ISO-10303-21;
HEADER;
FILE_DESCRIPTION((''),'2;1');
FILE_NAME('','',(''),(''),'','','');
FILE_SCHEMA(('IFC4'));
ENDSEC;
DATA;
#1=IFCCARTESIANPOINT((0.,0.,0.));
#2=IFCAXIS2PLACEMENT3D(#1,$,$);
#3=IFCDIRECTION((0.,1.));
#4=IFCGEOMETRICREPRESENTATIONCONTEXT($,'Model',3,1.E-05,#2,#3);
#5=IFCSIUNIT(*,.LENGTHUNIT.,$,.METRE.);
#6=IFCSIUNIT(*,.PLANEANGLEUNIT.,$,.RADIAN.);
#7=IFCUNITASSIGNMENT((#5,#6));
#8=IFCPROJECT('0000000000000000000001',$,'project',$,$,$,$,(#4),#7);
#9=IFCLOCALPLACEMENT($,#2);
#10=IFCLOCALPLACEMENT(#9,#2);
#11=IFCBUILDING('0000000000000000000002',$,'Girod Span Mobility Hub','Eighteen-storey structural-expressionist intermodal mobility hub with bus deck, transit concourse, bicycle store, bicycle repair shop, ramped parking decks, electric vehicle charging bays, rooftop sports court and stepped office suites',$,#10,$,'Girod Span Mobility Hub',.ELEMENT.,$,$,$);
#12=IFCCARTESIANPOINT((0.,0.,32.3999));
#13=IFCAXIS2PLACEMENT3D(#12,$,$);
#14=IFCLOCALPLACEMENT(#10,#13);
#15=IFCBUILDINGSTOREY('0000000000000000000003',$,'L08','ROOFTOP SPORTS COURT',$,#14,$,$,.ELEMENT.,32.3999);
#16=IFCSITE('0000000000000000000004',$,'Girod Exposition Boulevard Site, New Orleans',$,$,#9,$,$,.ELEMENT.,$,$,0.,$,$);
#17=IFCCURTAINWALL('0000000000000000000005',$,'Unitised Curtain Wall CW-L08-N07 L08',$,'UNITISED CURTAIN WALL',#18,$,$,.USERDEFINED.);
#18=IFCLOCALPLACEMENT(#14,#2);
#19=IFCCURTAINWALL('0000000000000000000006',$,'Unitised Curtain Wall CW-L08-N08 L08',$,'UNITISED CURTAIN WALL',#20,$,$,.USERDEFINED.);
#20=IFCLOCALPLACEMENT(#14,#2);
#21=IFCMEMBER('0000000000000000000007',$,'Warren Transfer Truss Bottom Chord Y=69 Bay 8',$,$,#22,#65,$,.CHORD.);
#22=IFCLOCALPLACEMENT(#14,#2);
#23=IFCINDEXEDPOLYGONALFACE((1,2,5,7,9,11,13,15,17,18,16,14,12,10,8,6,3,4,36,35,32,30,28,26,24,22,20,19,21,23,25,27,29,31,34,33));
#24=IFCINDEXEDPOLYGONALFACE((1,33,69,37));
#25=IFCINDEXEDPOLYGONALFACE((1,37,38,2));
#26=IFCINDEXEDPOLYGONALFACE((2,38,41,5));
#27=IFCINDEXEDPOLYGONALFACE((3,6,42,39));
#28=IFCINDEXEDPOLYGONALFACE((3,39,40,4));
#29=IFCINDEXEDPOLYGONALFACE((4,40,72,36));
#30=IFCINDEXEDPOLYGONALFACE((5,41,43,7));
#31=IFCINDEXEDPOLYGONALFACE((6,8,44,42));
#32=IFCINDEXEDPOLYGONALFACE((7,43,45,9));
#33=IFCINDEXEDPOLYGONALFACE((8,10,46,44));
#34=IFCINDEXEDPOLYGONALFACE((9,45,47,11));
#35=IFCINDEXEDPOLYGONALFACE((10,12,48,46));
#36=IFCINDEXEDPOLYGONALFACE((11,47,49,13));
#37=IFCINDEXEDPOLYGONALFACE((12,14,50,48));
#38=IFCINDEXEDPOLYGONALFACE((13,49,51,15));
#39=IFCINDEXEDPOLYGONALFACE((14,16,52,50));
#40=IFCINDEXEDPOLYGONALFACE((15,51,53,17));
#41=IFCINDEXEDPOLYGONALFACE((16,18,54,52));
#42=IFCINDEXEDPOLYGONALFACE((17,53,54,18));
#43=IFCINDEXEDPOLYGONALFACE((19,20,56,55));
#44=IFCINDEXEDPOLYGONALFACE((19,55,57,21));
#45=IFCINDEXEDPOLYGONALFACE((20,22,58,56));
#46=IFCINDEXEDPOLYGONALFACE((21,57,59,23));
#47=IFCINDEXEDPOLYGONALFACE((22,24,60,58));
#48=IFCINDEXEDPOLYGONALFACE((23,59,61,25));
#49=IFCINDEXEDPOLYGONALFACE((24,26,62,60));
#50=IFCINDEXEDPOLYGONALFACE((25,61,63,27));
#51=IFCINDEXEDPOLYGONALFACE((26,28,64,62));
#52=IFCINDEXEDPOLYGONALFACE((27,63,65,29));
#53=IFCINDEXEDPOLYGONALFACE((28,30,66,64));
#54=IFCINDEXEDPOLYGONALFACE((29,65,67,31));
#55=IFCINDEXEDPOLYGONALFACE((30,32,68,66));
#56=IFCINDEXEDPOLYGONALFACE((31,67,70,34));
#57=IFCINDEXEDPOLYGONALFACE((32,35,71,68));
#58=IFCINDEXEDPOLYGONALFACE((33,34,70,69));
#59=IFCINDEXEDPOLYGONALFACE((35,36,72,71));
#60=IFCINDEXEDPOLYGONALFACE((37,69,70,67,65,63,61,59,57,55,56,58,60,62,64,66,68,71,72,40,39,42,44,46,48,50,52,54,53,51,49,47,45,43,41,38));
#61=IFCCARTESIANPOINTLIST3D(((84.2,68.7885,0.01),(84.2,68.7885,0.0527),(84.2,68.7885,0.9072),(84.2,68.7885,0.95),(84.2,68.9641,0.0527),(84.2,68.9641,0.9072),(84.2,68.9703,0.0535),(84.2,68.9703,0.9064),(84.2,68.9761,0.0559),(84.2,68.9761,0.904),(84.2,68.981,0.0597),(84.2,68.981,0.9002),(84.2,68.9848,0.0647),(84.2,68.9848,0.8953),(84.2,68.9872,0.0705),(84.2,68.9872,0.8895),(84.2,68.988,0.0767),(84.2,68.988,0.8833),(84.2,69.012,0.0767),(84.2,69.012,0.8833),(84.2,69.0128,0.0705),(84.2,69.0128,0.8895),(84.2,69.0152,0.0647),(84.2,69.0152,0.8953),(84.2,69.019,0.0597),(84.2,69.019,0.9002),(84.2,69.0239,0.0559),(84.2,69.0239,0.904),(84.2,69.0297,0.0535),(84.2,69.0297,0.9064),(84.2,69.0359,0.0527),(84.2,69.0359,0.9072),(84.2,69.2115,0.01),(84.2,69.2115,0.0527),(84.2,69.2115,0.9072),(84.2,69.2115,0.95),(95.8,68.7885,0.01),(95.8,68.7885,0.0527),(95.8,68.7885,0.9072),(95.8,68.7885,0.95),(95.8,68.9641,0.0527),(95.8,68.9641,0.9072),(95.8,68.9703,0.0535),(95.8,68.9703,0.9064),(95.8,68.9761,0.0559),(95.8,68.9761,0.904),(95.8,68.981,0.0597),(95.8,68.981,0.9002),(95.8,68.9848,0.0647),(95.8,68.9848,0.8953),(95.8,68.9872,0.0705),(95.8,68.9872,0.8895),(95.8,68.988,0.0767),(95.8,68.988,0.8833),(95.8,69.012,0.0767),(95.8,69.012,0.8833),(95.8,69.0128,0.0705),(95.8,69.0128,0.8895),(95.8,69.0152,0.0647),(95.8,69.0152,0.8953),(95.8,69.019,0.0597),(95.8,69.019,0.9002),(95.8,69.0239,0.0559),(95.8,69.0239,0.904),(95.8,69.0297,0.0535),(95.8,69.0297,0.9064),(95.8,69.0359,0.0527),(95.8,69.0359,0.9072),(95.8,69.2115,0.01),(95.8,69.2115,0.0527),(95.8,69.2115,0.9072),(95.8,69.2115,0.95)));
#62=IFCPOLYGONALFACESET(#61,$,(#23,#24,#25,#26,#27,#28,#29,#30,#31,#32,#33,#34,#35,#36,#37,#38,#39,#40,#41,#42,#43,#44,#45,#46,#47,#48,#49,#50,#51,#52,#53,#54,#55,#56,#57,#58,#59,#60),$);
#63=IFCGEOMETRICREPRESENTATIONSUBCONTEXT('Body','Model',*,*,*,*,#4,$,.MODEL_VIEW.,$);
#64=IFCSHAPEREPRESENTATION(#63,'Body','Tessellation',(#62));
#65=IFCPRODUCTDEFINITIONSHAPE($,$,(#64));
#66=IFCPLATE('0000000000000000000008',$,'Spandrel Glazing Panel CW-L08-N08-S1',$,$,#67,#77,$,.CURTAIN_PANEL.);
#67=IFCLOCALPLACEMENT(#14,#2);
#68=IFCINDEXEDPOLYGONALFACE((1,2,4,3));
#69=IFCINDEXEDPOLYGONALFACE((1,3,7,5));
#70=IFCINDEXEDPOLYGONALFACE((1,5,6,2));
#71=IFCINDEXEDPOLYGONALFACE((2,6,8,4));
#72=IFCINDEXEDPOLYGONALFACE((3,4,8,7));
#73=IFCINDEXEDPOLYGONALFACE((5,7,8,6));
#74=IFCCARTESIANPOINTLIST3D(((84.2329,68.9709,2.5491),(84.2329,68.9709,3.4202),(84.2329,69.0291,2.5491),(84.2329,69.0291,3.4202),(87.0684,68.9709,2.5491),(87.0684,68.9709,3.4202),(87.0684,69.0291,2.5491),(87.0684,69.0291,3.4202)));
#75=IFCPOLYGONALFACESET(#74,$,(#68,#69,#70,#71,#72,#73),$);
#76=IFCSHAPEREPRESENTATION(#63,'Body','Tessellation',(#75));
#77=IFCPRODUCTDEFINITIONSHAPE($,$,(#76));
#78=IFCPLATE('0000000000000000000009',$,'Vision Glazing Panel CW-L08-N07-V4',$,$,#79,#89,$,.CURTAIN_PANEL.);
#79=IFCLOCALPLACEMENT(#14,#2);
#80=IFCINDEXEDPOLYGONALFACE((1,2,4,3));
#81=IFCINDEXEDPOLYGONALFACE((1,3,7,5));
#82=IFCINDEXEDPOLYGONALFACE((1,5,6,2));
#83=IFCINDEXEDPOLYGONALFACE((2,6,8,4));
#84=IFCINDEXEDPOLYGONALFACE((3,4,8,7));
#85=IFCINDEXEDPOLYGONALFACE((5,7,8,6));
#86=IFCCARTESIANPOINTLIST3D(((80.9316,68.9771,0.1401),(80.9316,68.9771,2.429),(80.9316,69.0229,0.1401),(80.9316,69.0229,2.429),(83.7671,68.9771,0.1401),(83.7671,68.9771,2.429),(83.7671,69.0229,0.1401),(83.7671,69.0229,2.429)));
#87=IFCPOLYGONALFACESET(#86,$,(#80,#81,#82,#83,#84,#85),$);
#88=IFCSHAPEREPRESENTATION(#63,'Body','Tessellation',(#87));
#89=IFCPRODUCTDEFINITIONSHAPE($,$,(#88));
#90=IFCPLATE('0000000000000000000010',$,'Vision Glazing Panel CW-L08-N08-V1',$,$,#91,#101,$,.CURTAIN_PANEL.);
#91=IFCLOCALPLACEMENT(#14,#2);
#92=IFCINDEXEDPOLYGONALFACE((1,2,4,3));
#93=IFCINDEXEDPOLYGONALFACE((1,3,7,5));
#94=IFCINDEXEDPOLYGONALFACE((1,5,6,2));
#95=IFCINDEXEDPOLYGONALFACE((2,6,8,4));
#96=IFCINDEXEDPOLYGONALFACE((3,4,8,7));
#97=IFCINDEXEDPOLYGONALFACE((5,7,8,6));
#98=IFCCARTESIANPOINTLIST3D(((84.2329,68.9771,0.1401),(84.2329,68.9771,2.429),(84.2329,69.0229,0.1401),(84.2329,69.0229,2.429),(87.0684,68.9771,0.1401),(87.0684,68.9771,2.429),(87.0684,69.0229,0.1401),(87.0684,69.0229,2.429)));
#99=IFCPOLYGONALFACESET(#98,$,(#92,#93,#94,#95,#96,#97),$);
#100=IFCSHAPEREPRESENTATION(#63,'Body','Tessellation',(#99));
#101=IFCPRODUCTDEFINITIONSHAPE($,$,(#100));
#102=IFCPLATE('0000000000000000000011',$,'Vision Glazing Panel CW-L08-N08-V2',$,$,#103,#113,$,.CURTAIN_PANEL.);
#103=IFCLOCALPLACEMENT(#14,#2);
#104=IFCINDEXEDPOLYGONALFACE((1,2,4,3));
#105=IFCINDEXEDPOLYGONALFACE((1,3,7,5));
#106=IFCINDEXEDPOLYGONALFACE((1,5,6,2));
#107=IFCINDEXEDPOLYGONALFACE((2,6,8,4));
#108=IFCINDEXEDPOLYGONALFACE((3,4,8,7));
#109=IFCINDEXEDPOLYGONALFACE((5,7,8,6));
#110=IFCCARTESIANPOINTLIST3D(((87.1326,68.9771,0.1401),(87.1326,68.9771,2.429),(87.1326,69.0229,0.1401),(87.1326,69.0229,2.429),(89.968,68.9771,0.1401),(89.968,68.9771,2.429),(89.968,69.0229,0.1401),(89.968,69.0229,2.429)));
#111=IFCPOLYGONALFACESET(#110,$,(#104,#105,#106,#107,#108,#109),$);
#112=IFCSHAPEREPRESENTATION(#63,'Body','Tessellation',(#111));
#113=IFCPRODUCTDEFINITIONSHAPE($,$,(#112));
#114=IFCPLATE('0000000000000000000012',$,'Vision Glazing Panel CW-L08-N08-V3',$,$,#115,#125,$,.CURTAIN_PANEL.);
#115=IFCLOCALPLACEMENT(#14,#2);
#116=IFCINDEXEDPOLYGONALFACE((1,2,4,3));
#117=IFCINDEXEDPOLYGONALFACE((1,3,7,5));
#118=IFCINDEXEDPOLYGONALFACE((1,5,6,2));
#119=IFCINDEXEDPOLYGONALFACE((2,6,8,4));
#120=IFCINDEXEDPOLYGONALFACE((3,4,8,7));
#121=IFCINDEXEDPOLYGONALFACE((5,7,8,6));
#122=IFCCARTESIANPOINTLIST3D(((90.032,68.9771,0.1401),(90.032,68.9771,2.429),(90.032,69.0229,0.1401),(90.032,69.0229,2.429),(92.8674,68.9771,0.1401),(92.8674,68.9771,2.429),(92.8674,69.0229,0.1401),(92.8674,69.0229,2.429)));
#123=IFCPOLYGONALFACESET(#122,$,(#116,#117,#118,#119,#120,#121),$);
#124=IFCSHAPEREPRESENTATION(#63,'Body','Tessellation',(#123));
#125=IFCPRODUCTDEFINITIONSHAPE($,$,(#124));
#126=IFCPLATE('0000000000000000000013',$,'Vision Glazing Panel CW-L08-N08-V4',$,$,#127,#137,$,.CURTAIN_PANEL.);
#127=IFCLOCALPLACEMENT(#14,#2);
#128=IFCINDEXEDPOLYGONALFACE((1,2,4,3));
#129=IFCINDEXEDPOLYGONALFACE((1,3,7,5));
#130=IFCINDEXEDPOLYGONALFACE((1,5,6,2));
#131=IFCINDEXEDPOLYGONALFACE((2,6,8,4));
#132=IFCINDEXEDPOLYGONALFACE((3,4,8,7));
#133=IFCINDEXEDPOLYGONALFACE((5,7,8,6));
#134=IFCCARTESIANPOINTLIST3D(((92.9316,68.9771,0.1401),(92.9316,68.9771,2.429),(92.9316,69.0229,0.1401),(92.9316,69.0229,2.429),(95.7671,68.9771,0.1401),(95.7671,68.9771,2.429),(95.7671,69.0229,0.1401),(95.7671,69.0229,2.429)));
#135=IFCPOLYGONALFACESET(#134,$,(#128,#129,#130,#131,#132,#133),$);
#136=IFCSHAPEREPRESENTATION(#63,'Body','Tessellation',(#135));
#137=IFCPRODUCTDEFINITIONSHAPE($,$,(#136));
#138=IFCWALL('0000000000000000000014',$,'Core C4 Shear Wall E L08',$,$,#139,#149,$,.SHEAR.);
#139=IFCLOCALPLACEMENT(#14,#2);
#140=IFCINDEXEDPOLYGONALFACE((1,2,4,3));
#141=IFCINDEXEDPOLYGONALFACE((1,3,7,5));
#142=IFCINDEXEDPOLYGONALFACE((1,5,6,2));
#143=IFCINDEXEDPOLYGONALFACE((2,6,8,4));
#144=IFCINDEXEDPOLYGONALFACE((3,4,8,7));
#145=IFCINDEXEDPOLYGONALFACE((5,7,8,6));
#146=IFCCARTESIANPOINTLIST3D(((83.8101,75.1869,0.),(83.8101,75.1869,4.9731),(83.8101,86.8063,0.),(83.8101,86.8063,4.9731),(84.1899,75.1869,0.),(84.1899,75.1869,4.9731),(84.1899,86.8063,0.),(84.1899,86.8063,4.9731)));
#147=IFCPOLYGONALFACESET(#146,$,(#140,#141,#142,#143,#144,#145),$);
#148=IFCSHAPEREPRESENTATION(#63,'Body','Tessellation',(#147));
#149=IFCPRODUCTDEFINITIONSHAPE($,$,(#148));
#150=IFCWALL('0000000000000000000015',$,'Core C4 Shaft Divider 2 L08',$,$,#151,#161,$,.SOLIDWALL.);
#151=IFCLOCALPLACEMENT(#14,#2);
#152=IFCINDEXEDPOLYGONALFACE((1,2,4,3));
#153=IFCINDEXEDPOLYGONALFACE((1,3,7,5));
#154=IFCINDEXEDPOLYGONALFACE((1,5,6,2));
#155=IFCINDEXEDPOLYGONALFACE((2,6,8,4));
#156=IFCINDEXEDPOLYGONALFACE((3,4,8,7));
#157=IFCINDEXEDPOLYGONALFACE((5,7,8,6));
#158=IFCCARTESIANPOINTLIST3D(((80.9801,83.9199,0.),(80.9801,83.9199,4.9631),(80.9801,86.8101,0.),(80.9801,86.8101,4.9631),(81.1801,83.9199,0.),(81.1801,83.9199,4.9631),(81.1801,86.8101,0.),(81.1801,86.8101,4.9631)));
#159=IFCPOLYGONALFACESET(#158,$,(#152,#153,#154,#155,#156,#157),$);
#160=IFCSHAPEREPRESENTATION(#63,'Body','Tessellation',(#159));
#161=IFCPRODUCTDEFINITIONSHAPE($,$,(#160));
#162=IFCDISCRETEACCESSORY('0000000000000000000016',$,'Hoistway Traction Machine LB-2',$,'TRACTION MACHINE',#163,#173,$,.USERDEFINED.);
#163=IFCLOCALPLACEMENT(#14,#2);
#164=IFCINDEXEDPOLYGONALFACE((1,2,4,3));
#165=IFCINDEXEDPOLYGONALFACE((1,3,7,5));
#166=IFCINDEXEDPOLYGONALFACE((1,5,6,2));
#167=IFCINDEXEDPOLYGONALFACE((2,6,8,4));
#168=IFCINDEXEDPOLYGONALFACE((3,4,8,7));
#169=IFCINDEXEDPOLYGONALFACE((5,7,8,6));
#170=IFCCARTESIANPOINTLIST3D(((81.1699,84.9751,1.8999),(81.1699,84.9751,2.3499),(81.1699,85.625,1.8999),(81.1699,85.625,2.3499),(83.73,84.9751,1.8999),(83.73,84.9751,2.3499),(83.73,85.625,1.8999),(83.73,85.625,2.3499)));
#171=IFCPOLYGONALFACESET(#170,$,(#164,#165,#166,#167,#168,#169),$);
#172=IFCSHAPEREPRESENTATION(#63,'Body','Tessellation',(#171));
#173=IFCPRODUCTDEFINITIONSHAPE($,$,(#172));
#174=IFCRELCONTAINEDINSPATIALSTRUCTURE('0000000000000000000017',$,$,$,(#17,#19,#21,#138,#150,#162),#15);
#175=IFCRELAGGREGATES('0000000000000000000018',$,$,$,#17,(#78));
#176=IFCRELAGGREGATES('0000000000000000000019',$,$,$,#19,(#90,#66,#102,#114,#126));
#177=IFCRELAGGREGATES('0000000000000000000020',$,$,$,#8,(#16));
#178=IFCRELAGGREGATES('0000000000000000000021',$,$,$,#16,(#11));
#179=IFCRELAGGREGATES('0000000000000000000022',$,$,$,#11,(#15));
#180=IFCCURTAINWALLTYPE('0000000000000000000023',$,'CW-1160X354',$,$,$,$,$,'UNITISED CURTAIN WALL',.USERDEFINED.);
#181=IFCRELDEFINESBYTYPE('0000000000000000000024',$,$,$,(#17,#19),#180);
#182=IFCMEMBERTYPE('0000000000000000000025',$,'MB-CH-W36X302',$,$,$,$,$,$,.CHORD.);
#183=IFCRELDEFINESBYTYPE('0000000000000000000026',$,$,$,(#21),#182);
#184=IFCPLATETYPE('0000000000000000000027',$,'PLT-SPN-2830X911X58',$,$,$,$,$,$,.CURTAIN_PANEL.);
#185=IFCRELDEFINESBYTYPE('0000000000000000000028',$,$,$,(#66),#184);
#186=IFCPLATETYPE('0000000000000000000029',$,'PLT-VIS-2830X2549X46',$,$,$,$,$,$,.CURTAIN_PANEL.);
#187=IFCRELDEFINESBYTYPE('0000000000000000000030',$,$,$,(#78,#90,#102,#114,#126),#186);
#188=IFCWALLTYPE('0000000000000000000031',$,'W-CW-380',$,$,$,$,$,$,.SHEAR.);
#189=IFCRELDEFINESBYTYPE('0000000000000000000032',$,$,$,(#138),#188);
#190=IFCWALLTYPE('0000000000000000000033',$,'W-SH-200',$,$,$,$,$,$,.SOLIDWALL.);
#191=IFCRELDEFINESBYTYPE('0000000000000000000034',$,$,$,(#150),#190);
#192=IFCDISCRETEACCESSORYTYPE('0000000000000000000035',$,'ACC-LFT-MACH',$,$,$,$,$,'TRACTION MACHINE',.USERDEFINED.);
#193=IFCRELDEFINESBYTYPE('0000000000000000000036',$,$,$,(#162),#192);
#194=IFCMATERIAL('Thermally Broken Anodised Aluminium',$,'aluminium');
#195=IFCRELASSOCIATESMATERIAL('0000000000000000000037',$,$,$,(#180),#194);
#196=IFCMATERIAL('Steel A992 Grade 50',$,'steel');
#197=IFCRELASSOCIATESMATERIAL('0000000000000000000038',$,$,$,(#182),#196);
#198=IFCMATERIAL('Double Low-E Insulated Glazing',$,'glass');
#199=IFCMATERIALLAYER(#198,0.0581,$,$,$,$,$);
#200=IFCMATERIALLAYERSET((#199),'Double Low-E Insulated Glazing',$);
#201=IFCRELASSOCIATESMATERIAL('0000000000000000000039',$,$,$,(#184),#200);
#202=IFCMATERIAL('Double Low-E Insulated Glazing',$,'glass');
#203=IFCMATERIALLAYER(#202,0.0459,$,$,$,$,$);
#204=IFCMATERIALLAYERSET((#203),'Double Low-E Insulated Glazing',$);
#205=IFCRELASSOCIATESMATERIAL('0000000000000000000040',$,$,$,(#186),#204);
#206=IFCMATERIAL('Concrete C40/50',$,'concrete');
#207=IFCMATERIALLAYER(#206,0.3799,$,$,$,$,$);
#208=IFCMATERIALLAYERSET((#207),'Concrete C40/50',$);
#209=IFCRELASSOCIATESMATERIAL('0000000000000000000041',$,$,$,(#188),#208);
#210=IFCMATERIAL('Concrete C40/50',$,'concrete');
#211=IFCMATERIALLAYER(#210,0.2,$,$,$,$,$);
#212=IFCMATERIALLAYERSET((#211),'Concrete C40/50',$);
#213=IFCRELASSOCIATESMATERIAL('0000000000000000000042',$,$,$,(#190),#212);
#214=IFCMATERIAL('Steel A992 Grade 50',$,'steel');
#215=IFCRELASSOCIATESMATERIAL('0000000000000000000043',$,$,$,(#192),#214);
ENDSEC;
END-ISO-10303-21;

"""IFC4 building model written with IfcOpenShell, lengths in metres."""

from ifc_helpers import new_model, si_unit, direction, frame, frame_2d, origin, origin_2d, place, context, subcontext, project, spatial, rectangle, i_section, extrude, material, layer, layer_set, material_profile, profile_set, type_object, element, aggregate, save


model = new_model("IFC4")

# Units and contexts
model_context = context("Model", 3, precision=1e-05, world=origin(), true_north=direction((0.0, 1.0)))
body_context = subcontext(model_context, "Body", "Model", "MODEL_VIEW")
ifc_project = project(units=[si_unit("LENGTHUNIT", "METRE"), si_unit("PLANEANGLEUNIT", "RADIAN")], contexts=[model_context])

# Site, building, storey
site_placement = place(None, origin())
site = spatial("IfcSite", under=ifc_project, at=site_placement, Name="Girod Exposition Boulevard Site, New Orleans", CompositionType="ELEMENT", RefElevation=0.0)
building_placement = place(site_placement, origin())
building = spatial("IfcBuilding", under=site, at=building_placement, Name="Girod Span Mobility Hub", Description="Eighteen-storey structural-expressionist intermodal mobility hub with bus deck, transit concourse, bicycle store, bicycle repair shop, ramped parking decks, electric vehicle charging bays, rooftop sports court and stepped office suites", LongName="Girod Span Mobility Hub", CompositionType="ELEMENT")
storey_placement = place(building_placement, frame((0.0, 0.0, 32.3999)))
storey = spatial("IfcBuildingStorey", under=building, at=storey_placement, Name="L08", Description="ROOFTOP SPORTS COURT", CompositionType="ELEMENT", Elevation=32.3999)

# Curtain walls
ifc_material_1 = material(Name="Thermally Broken Anodised Aluminium", Category="aluminium")
curtain_wall_type = type_object("IfcCurtainWallType", Name="CW-1160X354", ElementType="UNITISED CURTAIN WALL", PredefinedType="USERDEFINED", material=ifc_material_1)
curtain_wall_1_placement = place(storey_placement, origin())
curtain_wall_1 = element("IfcCurtainWall", 1, at=curtain_wall_1_placement, inside=storey, type_object=curtain_wall_type, Name="Unitised Curtain Wall CW-L08-N07 L08", ObjectType="UNITISED CURTAIN WALL", PredefinedType="USERDEFINED")
curtain_wall_2_placement = place(storey_placement, origin())
curtain_wall_2 = element("IfcCurtainWall", 2, at=curtain_wall_2_placement, inside=storey, type_object=curtain_wall_type, Name="Unitised Curtain Wall CW-L08-N08 L08", ObjectType="UNITISED CURTAIN WALL", PredefinedType="USERDEFINED")

# Member
ifc_material_2 = material(Name="Steel A992 Grade 50", Category="steel")
ifc_material_profile_1 = material_profile(ifc_material_2, i_section(OverallWidth=0.4231, OverallDepth=0.9399, WebThickness=0.0239, FlangeThickness=0.0427, FilletRadius=0.0239, at=origin_2d()), Name="W36X302")
ifc_profile_set_1 = profile_set([ifc_material_profile_1], Name="Steel A992 Grade 50")
member_type_1 = type_object("IfcMemberType", Name="MB-CH-W36X302", PredefinedType="CHORD", material=ifc_profile_set_1)
member_1_placement = place(storey_placement, frame((84.2, 69.0, 0.48), z_axis=(1.0, 0.0, 0.0), x_axis=(0.0, 1.0, 0.0)))
element("IfcMember", 3, at=member_1_placement, inside=storey, type_object=member_type_1, Name="Warren Transfer Truss Bottom Chord Y=69 Bay 8", PredefinedType="CHORD", context=body_context, shape_type="SweptSolid", body=[
    extrude(i_section(OverallWidth=0.4231, OverallDepth=0.9399, WebThickness=0.0239, FlangeThickness=0.0427, FilletRadius=0.0239, at=origin_2d()), origin(), (0.0, 0.0, 1.0), 11.6001),
])

# Plates
ifc_material_3 = material(Name="Double Low-E Insulated Glazing", Category="glass")
ifc_layer_1 = layer(ifc_material_3, 0.0581)
ifc_layer_set_1 = layer_set([ifc_layer_1], Name="Double Low-E Insulated Glazing")
plate_type_1 = type_object("IfcPlateType", Name="PLT-SPN-2830X911X58", PredefinedType="CURTAIN_PANEL", material=ifc_layer_set_1)
plate_1_placement = place(storey_placement, frame((85.6506, 69.0, 2.5491), z_axis=(0.0, 0.0, 1.0), x_axis=(1.0, 0.0, 0.0)))
plate_1 = element("IfcPlate", 4, at=plate_1_placement, type_object=plate_type_1, Name="Spandrel Glazing Panel CW-L08-N08-S1", PredefinedType="CURTAIN_PANEL", context=body_context, shape_type="SweptSolid", body=[
    extrude(rectangle(XDim=2.8354, YDim=0.0581, at=origin_2d()), origin(), (0.0, 0.0, 1.0), 0.8711),
])
ifc_material_4 = material(Name="Double Low-E Insulated Glazing", Category="glass")
ifc_layer_2 = layer(ifc_material_4, 0.0459)
ifc_layer_set_2 = layer_set([ifc_layer_2], Name="Double Low-E Insulated Glazing")
plate_type_2 = type_object("IfcPlateType", Name="PLT-VIS-2830X2549X46", PredefinedType="CURTAIN_PANEL", material=ifc_layer_set_2)
plate_2_placement = place(storey_placement, frame((82.3494, 69.0, 0.1401), z_axis=(0.0, 0.0, 1.0), x_axis=(1.0, 0.0, 0.0)))
plate_2 = element("IfcPlate", 5, at=plate_2_placement, type_object=plate_type_2, Name="Vision Glazing Panel CW-L08-N07-V4", PredefinedType="CURTAIN_PANEL", context=body_context, shape_type="SweptSolid", body=[
    extrude(rectangle(XDim=2.8354, YDim=0.0459, at=origin_2d()), origin(), (0.0, 0.0, 1.0), 2.2888),
])
aggregate(curtain_wall_1, [plate_2])
plate_3_placement = place(storey_placement, frame((85.6506, 69.0, 0.1401), z_axis=(0.0, 0.0, 1.0), x_axis=(1.0, 0.0, 0.0)))
plate_3 = element("IfcPlate", 6, at=plate_3_placement, type_object=plate_type_2, Name="Vision Glazing Panel CW-L08-N08-V1", PredefinedType="CURTAIN_PANEL", context=body_context, shape_type="SweptSolid", body=[
    extrude(rectangle(XDim=2.8354, YDim=0.0459, at=origin_2d()), origin(), (0.0, 0.0, 1.0), 2.2888),
])
plate_4_placement = place(storey_placement, frame((88.5503, 69.0, 0.1401), z_axis=(0.0, 0.0, 1.0), x_axis=(1.0, 0.0, 0.0)))
plate_4 = element("IfcPlate", 7, at=plate_4_placement, type_object=plate_type_2, Name="Vision Glazing Panel CW-L08-N08-V2", PredefinedType="CURTAIN_PANEL", context=body_context, shape_type="SweptSolid", body=[
    extrude(rectangle(XDim=2.8354, YDim=0.0459, at=origin_2d()), origin(), (0.0, 0.0, 1.0), 2.2888),
])
plate_5_placement = place(storey_placement, frame((91.4497, 69.0, 0.1401), z_axis=(0.0, 0.0, 1.0), x_axis=(1.0, 0.0, 0.0)))
plate_5 = element("IfcPlate", 8, at=plate_5_placement, type_object=plate_type_2, Name="Vision Glazing Panel CW-L08-N08-V3", PredefinedType="CURTAIN_PANEL", context=body_context, shape_type="SweptSolid", body=[
    extrude(rectangle(XDim=2.8354, YDim=0.0459, at=origin_2d()), origin(), (0.0, 0.0, 1.0), 2.2888),
])
plate_6_placement = place(storey_placement, frame((94.3494, 69.0, 0.1401), z_axis=(0.0, 0.0, 1.0), x_axis=(1.0, 0.0, 0.0)))
plate_6 = element("IfcPlate", 9, at=plate_6_placement, type_object=plate_type_2, Name="Vision Glazing Panel CW-L08-N08-V4", PredefinedType="CURTAIN_PANEL", context=body_context, shape_type="SweptSolid", body=[
    extrude(rectangle(XDim=2.8354, YDim=0.0459, at=origin_2d()), origin(), (0.0, 0.0, 1.0), 2.2888),
])
aggregate(curtain_wall_2, [plate_3, plate_1, plate_4, plate_5, plate_6])

# Walls
ifc_material_5 = material(Name="Concrete C40/50", Category="concrete")
ifc_layer_3 = layer(ifc_material_5, 0.3799)
ifc_layer_set_3 = layer_set([ifc_layer_3], Name="Concrete C40/50")
wall_type_1 = type_object("IfcWallType", Name="W-CW-380", PredefinedType="SHEAR", material=ifc_layer_set_3)
wall_1_placement = place(storey_placement, frame((84.0, 75.187, 0.0), z_axis=(0.0, 0.0, 1.0), x_axis=(0.0, 1.0, 0.0)))
element("IfcWall", 10, at=wall_1_placement, inside=storey, type_object=wall_type_1, Name="Core C4 Shear Wall E L08", PredefinedType="SHEAR", context=body_context, shape_type="SweptSolid", body=[
    extrude(rectangle(XDim=11.6194, YDim=0.3799, at=frame_2d((5.8096, 0.0))), origin(), (0.0, 0.0, 1.0), 4.9731),
])
ifc_material_6 = material(Name="Concrete C40/50", Category="concrete")
ifc_layer_4 = layer(ifc_material_6, 0.2)
ifc_layer_set_4 = layer_set([ifc_layer_4], Name="Concrete C40/50")
wall_type_2 = type_object("IfcWallType", Name="W-SH-200", PredefinedType="SOLIDWALL", material=ifc_layer_set_4)
wall_2_placement = place(storey_placement, frame((81.0801, 83.9199, 0.0), z_axis=(0.0, 0.0, 1.0), x_axis=(0.0, 1.0, 0.0)))
element("IfcWall", 11, at=wall_2_placement, inside=storey, type_object=wall_type_2, Name="Core C4 Shaft Divider 2 L08", PredefinedType="SOLIDWALL", context=body_context, shape_type="SweptSolid", body=[
    extrude(rectangle(XDim=2.8901, YDim=0.2, at=frame_2d((1.4451, 0.0))), origin(), (0.0, 0.0, 1.0), 4.9631),
])

# Discrete accessory
ifc_material_7 = material(Name="Steel A992 Grade 50", Category="steel")
discrete_accessory_type = type_object("IfcDiscreteAccessoryType", Name="ACC-LFT-MACH", ElementType="TRACTION MACHINE", PredefinedType="USERDEFINED", material=ifc_material_7)
discrete_accessory_placement = place(storey_placement, frame((82.45, 85.3, 1.8999), z_axis=(0.0, 0.0, 1.0), x_axis=(1.0, 0.0, 0.0)))
element("IfcDiscreteAccessory", 12, at=discrete_accessory_placement, inside=storey, type_object=discrete_accessory_type, Name="Hoistway Traction Machine LB-2", ObjectType="TRACTION MACHINE", PredefinedType="USERDEFINED", context=body_context, shape_type="SweptSolid", body=[
    extrude(rectangle(XDim=2.5601, YDim=0.6499, at=origin_2d()), origin(), (0.0, 0.0, 1.0), 0.45),
])

save(model, "model.ifc")
